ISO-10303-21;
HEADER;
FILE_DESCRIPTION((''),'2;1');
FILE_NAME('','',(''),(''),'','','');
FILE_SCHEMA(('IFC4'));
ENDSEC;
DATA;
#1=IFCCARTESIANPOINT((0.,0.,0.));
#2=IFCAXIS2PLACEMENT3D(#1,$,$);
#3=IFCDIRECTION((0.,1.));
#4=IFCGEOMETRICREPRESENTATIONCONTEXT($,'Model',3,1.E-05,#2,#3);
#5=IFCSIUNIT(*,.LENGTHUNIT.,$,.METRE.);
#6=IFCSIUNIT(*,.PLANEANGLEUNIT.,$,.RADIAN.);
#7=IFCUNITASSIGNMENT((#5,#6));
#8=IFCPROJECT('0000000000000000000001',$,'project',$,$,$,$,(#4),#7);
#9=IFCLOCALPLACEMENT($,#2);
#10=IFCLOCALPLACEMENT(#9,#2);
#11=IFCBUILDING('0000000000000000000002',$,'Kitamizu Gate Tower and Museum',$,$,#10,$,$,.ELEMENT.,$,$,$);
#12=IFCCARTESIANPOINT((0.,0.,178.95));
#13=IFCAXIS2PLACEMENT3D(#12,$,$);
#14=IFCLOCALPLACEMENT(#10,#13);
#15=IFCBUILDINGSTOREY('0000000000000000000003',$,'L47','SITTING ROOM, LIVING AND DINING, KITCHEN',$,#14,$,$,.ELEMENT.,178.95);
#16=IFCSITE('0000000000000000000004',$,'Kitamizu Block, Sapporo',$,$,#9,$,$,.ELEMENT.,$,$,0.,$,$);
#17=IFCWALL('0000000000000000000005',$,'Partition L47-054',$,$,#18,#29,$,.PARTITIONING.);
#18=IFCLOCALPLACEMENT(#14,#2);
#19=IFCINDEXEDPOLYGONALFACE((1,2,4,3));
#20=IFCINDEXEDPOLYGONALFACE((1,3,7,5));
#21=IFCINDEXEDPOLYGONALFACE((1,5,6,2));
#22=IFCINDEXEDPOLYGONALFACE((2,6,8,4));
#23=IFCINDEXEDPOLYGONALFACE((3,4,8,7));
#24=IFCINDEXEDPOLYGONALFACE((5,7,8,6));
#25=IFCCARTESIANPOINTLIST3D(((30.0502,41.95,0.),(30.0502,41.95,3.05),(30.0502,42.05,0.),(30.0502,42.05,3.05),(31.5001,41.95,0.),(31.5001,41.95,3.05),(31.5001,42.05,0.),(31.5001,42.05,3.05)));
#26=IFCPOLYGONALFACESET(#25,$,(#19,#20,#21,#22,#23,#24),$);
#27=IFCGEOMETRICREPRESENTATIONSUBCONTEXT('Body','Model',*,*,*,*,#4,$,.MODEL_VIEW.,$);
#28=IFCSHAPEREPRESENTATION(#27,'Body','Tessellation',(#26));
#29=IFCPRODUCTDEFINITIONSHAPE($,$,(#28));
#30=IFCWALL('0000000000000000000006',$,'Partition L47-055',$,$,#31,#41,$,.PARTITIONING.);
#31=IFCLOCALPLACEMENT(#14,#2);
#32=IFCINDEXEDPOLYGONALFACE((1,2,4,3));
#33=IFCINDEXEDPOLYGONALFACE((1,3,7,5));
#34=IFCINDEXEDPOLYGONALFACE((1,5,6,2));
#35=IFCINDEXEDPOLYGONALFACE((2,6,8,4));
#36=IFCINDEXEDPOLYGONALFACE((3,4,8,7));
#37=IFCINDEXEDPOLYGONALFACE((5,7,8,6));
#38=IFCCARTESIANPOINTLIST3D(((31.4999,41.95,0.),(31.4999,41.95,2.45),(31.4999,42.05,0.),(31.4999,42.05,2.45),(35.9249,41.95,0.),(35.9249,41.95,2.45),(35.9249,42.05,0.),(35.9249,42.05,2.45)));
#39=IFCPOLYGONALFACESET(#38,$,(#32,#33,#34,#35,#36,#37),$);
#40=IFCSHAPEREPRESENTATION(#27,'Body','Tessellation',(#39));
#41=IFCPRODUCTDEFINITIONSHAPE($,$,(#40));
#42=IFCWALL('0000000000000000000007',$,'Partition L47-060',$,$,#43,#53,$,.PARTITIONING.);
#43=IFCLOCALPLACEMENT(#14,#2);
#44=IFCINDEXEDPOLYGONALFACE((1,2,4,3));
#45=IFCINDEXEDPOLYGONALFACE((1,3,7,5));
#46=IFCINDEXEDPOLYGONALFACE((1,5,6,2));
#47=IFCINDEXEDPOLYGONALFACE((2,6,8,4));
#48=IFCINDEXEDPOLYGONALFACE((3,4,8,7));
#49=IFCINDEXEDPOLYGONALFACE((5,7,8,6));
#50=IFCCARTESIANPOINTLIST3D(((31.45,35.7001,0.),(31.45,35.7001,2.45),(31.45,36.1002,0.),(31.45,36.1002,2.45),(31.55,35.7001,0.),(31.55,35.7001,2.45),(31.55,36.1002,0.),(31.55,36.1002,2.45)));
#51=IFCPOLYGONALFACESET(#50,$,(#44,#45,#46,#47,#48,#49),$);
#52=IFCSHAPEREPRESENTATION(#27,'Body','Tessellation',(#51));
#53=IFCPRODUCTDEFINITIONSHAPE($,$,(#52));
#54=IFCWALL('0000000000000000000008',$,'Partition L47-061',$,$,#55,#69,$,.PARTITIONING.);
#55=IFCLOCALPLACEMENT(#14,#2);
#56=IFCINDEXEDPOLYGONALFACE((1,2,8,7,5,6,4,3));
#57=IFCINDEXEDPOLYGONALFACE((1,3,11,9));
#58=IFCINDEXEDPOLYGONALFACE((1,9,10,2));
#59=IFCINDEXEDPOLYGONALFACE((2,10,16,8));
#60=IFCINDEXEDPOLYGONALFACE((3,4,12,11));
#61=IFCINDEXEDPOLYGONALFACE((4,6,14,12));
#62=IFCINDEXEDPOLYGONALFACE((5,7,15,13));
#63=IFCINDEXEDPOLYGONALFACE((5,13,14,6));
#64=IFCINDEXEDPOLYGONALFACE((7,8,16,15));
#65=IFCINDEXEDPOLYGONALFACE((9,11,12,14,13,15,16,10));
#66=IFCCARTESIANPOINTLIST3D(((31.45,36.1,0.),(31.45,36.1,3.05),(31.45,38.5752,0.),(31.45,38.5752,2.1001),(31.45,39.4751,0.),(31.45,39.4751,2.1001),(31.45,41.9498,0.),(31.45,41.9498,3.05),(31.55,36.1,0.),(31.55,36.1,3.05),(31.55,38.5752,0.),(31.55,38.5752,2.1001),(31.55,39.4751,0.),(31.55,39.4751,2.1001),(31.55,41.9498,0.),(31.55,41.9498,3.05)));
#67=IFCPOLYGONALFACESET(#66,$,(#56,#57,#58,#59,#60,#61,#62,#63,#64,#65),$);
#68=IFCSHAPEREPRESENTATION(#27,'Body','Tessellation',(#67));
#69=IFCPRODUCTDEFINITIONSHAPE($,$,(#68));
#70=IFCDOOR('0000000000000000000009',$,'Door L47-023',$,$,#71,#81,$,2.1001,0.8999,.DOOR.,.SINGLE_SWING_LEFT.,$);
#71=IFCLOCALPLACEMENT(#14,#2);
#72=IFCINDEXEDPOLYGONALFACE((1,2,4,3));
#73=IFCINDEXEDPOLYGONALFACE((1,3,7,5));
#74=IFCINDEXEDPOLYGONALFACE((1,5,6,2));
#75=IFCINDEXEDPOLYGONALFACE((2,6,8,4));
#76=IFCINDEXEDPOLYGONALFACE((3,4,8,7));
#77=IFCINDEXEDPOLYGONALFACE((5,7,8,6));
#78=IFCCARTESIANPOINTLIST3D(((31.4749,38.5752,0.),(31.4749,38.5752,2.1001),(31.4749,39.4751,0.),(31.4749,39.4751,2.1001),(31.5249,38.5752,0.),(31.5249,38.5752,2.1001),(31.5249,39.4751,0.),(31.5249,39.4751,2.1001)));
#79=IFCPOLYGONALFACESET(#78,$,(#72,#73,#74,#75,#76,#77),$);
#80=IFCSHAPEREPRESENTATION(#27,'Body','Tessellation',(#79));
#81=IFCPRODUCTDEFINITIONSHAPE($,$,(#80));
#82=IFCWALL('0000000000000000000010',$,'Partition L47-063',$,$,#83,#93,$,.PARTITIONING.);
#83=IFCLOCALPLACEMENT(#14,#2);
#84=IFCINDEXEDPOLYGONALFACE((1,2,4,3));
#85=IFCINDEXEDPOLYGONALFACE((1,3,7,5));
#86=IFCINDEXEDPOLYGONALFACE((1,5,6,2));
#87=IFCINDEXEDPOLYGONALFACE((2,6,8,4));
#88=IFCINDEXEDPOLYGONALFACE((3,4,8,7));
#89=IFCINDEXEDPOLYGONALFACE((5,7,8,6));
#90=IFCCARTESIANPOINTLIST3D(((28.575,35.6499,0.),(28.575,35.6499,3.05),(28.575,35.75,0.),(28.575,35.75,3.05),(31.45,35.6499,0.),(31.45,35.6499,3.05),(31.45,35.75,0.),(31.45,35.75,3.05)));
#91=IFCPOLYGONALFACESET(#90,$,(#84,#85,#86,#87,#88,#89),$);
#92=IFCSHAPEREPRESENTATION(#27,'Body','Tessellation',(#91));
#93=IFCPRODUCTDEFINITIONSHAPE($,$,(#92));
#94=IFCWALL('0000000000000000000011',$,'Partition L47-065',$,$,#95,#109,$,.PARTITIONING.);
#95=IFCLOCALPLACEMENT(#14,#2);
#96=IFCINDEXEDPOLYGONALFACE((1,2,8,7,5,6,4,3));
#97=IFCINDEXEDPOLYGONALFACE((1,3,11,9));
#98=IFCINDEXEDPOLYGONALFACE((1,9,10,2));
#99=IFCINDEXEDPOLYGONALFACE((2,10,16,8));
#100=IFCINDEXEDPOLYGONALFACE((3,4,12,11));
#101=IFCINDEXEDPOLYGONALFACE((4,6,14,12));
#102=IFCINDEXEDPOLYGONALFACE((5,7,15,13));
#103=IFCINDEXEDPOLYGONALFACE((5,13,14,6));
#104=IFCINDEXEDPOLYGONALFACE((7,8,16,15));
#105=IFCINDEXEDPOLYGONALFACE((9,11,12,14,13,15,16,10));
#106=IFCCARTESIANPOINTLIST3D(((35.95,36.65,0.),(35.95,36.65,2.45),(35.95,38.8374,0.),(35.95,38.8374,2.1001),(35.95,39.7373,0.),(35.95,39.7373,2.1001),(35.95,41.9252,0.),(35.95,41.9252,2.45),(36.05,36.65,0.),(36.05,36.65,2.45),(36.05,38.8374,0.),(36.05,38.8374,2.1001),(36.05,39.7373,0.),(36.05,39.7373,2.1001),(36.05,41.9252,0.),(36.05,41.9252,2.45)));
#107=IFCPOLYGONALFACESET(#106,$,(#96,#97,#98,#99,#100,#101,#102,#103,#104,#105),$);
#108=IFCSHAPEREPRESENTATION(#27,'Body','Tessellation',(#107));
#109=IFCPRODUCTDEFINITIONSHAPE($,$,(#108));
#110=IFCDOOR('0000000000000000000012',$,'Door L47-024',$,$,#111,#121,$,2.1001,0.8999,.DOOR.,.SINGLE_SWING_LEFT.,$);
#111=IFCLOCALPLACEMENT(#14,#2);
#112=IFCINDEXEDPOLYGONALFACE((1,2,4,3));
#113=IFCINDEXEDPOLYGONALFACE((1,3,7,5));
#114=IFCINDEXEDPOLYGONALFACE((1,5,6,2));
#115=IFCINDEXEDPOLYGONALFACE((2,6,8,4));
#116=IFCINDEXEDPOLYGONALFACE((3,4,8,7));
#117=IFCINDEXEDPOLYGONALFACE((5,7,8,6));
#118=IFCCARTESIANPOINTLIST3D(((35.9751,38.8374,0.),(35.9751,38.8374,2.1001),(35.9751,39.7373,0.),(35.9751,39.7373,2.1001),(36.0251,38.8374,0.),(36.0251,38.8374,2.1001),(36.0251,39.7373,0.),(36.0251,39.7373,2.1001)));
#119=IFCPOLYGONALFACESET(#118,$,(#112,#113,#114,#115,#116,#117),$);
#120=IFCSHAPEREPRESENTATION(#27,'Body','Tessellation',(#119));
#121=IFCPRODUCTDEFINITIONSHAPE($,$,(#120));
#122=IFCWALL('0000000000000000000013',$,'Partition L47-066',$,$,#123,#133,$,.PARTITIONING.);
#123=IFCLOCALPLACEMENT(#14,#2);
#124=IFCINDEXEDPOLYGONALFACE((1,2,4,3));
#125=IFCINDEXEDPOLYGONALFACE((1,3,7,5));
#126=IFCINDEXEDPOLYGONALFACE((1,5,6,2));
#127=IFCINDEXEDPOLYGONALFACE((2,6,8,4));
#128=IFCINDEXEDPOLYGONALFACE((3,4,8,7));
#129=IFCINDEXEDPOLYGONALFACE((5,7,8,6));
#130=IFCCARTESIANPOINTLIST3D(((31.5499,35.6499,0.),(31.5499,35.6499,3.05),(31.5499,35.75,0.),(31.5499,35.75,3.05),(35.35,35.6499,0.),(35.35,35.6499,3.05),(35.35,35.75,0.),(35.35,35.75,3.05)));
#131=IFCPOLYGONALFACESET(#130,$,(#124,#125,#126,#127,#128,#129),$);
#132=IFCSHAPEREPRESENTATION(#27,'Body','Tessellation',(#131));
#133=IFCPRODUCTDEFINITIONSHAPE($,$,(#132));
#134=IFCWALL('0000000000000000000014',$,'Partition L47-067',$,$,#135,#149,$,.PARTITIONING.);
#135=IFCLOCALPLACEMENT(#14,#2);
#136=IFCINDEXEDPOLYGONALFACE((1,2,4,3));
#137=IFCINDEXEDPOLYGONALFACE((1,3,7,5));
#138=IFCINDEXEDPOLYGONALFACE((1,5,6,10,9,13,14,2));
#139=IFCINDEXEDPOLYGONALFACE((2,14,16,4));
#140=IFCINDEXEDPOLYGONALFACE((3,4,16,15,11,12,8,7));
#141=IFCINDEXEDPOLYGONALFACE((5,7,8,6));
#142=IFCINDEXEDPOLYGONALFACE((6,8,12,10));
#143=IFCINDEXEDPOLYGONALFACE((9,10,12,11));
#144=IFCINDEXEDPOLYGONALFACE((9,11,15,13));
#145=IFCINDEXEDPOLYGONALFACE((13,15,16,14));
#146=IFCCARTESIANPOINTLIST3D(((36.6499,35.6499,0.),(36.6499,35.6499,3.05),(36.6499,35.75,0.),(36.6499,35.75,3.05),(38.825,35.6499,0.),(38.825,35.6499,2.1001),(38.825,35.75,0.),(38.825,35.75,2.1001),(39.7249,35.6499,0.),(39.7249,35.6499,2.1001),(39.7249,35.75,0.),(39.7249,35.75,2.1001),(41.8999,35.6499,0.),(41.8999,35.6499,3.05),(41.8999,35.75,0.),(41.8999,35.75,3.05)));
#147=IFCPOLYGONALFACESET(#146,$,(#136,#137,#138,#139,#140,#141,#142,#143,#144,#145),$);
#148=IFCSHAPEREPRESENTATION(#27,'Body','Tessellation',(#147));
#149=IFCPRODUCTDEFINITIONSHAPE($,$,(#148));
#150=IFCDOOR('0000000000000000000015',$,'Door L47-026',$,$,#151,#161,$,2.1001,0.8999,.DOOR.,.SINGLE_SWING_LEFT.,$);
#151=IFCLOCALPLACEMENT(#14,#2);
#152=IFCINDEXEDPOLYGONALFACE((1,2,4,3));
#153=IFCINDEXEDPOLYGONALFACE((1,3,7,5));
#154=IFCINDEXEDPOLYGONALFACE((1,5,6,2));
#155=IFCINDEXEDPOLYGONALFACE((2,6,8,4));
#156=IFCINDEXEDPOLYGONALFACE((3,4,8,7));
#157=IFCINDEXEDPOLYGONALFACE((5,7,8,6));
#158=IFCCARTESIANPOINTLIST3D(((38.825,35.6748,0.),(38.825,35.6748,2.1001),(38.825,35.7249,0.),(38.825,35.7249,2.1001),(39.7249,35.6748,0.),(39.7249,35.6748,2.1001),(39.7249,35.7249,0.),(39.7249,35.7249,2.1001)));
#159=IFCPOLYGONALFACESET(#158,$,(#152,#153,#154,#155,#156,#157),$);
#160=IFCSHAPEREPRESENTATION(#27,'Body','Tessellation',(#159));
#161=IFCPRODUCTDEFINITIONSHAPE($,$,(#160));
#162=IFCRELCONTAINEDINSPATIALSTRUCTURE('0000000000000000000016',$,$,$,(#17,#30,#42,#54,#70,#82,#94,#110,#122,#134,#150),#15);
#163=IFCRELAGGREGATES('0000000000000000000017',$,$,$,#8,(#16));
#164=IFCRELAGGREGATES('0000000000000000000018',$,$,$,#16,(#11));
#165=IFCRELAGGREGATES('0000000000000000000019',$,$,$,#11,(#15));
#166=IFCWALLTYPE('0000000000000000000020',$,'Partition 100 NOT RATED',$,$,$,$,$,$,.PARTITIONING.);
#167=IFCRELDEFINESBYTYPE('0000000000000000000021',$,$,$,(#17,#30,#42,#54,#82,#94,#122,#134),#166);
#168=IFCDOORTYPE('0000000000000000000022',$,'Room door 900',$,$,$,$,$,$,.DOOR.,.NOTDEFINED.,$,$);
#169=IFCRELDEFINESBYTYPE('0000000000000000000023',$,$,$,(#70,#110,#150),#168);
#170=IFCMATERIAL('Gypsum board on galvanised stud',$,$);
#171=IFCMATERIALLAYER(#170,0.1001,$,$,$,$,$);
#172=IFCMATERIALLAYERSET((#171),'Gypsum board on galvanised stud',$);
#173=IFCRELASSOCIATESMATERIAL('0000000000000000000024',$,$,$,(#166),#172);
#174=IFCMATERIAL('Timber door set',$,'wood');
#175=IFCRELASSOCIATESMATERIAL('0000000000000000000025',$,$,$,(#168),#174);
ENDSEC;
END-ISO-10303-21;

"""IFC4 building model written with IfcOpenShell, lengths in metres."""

from ifc_helpers import new_model, si_unit, direction, frame, frame_2d, origin, place, context, subcontext, project, spatial, rectangle, extrude, material, layer, layer_set, type_object, element, fill, save


model = new_model("IFC4")

# Units and contexts
model_context = context("Model", 3, precision=1e-05, world=origin(), true_north=direction((0.0, 1.0)))
body_context = subcontext(model_context, "Body", "Model", "MODEL_VIEW")
ifc_project = project(units=[si_unit("LENGTHUNIT", "METRE"), si_unit("PLANEANGLEUNIT", "RADIAN")], contexts=[model_context])

# Site, building, storey
site_placement = place(None, origin())
site = spatial("IfcSite", under=ifc_project, at=site_placement, Name="Kitamizu Block, Sapporo", CompositionType="ELEMENT", RefElevation=0.0)
building_placement = place(site_placement, origin())
building = spatial("IfcBuilding", under=site, at=building_placement, Name="Kitamizu Gate Tower and Museum", CompositionType="ELEMENT")
storey_placement = place(building_placement, frame((0.0, 0.0, 178.95)))
storey = spatial("IfcBuildingStorey", under=building, at=storey_placement, Name="L47", Description="SITTING ROOM, LIVING AND DINING, KITCHEN", CompositionType="ELEMENT", Elevation=178.95)

# Shared definitions
ifc_material_1 = material(Name="Gypsum board on galvanised stud")
ifc_layer_1 = layer(ifc_material_1, 0.1001)
ifc_layer_set_1 = layer_set([ifc_layer_1], Name="Gypsum board on galvanised stud")
wall_type_1 = type_object("IfcWallType", Name="Partition 100 NOT RATED", PredefinedType="PARTITIONING", material=ifc_layer_set_1)
ifc_material_2 = material(Name="Timber door set", Category="wood")
door_type_1 = type_object("IfcDoorType", Name="Room door 900", OperationType="NOTDEFINED", PredefinedType="DOOR", material=ifc_material_2)

# Walls
wall_1_placement = place(storey_placement, frame((30.05, 42.0, 0.0), z_axis=(0.0, 0.0, 1.0), x_axis=(1.0, 0.0, 0.0)))
element("IfcWall", 1, at=wall_1_placement, inside=storey, type_object=wall_type_1, Name="Partition L47-054", PredefinedType="PARTITIONING", context=body_context, shape_type="SweptSolid", body=[
    extrude(rectangle(XDim=1.45, YDim=0.1001, at=frame_2d((0.7251, 0.0))), origin(), (0.0, 0.0, 1.0), 3.05),
])
wall_2_placement = place(storey_placement, frame((31.5, 42.0, 0.0), z_axis=(0.0, 0.0, 1.0), x_axis=(1.0, 0.0, 0.0)))
element("IfcWall", 2, at=wall_2_placement, inside=storey, type_object=wall_type_1, Name="Partition L47-055", PredefinedType="PARTITIONING", context=body_context, shape_type="SweptSolid", body=[
    extrude(rectangle(XDim=4.425, YDim=0.1001, at=frame_2d((2.2124, 0.0))), origin(), (0.0, 0.0, 1.0), 2.45),
])
wall_3_placement = place(storey_placement, frame((31.5, 35.7, 0.0), z_axis=(0.0, 0.0, 1.0), x_axis=(0.0, 1.0, 0.0)))
element("IfcWall", 3, at=wall_3_placement, inside=storey, type_object=wall_type_1, Name="Partition L47-060", PredefinedType="PARTITIONING", context=body_context, shape_type="SweptSolid", body=[
    extrude(rectangle(XDim=0.4001, YDim=0.1001, at=frame_2d((0.2002, 0.0))), origin(), (0.0, 0.0, 1.0), 2.45),
])

# Wall, opening, door
wall_4_placement = place(storey_placement, frame((31.5, 36.1001, 0.0), z_axis=(0.0, 0.0, 1.0), x_axis=(0.0, 1.0, 0.0)))
wall_4 = element("IfcWall", 4, at=wall_4_placement, inside=storey, type_object=wall_type_1, Name="Partition L47-061", PredefinedType="PARTITIONING", context=body_context, shape_type="SweptSolid", body=[
    extrude(rectangle(XDim=5.8499, YDim=0.1001, at=frame_2d((2.9248, 0.0))), origin(), (0.0, 0.0, 1.0), 3.05),
])
opening_1_placement = place(wall_4_placement, frame((2.4751, 0.0, 0.0)))
opening_1 = element("IfcOpeningElement", 5, at=opening_1_placement, cuts=wall_4, PredefinedType="OPENING", context=body_context, shape_type="SweptSolid", body=[
    extrude(rectangle(XDim=0.8999, YDim=2.1001, at=frame_2d((0.45, 1.05))), frame((0.0, 0.0601, 0.0), z_axis=(0.0, -1.0, 0.0), x_axis=(1.0, 0.0, 0.0)), (0.0, 0.0, 1.0), 0.1201),
])
door_1_placement = place(opening_1_placement, frame((0.8999, 0.0, 0.0), x_axis=(-1.0, 0.0, 0.0)))
door_1 = element("IfcDoor", 6, at=door_1_placement, inside=storey, type_object=door_type_1, Name="Door L47-023", OperationType="SINGLE_SWING_LEFT", OverallHeight=2.1001, OverallWidth=0.8999, PredefinedType="DOOR", context=body_context, shape_type="SweptSolid", body=[
    extrude(rectangle(XDim=0.8999, YDim=2.1001, at=frame_2d((0.45, 1.05))), frame((0.0, 0.0249, 0.0), z_axis=(0.0, -1.0, 0.0), x_axis=(1.0, 0.0, 0.0)), (0.0, 0.0, 1.0), 0.05),
])
fill(opening_1, door_1)

# Wall
wall_5_placement = place(storey_placement, frame((28.575, 35.7, 0.0), z_axis=(0.0, 0.0, 1.0), x_axis=(1.0, 0.0, 0.0)))
element("IfcWall", 7, at=wall_5_placement, inside=storey, type_object=wall_type_1, Name="Partition L47-063", PredefinedType="PARTITIONING", context=body_context, shape_type="SweptSolid", body=[
    extrude(rectangle(XDim=2.875, YDim=0.1001, at=frame_2d((1.4375, 0.0))), origin(), (0.0, 0.0, 1.0), 3.05),
])

# Wall, opening, door
wall_6_placement = place(storey_placement, frame((36.0, 36.6499, 0.0), z_axis=(0.0, 0.0, 1.0), x_axis=(0.0, 1.0, 0.0)))
wall_6 = element("IfcWall", 8, at=wall_6_placement, inside=storey, type_object=wall_type_1, Name="Partition L47-065", PredefinedType="PARTITIONING", context=body_context, shape_type="SweptSolid", body=[
    extrude(rectangle(XDim=5.2751, YDim=0.1001, at=frame_2d((2.6377, 0.0))), origin(), (0.0, 0.0, 1.0), 2.45),
])
opening_2_placement = place(wall_6_placement, frame((2.1875, 0.0, 0.0)))
opening_2 = element("IfcOpeningElement", 9, at=opening_2_placement, cuts=wall_6, PredefinedType="OPENING", context=body_context, shape_type="SweptSolid", body=[
    extrude(rectangle(XDim=0.8999, YDim=2.1001, at=frame_2d((0.45, 1.05))), frame((0.0, 0.0601, 0.0), z_axis=(0.0, -1.0, 0.0), x_axis=(1.0, 0.0, 0.0)), (0.0, 0.0, 1.0), 0.1201),
])
door_2_placement = place(opening_2_placement, origin())
door_2 = element("IfcDoor", 10, at=door_2_placement, inside=storey, type_object=door_type_1, Name="Door L47-024", OperationType="SINGLE_SWING_LEFT", OverallHeight=2.1001, OverallWidth=0.8999, PredefinedType="DOOR", context=body_context, shape_type="SweptSolid", body=[
    extrude(rectangle(XDim=0.8999, YDim=2.1001, at=frame_2d((0.45, 1.05))), frame((0.0, 0.0249, 0.0), z_axis=(0.0, -1.0, 0.0), x_axis=(1.0, 0.0, 0.0)), (0.0, 0.0, 1.0), 0.05),
])
fill(opening_2, door_2)

# Wall
wall_7_placement = place(storey_placement, frame((31.55, 35.7, 0.0), z_axis=(0.0, 0.0, 1.0), x_axis=(1.0, 0.0, 0.0)))
element("IfcWall", 11, at=wall_7_placement, inside=storey, type_object=wall_type_1, Name="Partition L47-066", PredefinedType="PARTITIONING", context=body_context, shape_type="SweptSolid", body=[
    extrude(rectangle(XDim=3.8, YDim=0.1001, at=frame_2d((1.8999, 0.0))), origin(), (0.0, 0.0, 1.0), 3.05),
])

# Wall, opening, door
wall_8_placement = place(storey_placement, frame((36.6499, 35.7, 0.0), z_axis=(0.0, 0.0, 1.0), x_axis=(1.0, 0.0, 0.0)))
wall_8 = element("IfcWall", 12, at=wall_8_placement, inside=storey, type_object=wall_type_1, Name="Partition L47-067", PredefinedType="PARTITIONING", context=body_context, shape_type="SweptSolid", body=[
    extrude(rectangle(XDim=5.25, YDim=0.1001, at=frame_2d((2.625, 0.0))), origin(), (0.0, 0.0, 1.0), 3.05),
])
opening_3_placement = place(wall_8_placement, frame((2.175, 0.0, 0.0)))
opening_3 = element("IfcOpeningElement", 13, at=opening_3_placement, cuts=wall_8, PredefinedType="OPENING", context=body_context, shape_type="SweptSolid", body=[
    extrude(rectangle(XDim=0.8999, YDim=2.1001, at=frame_2d((0.45, 1.05))), frame((0.0, 0.0601, 0.0), z_axis=(0.0, -1.0, 0.0), x_axis=(1.0, 0.0, 0.0)), (0.0, 0.0, 1.0), 0.1201),
])
door_3_placement = place(opening_3_placement, origin())
door_3 = element("IfcDoor", 14, at=door_3_placement, inside=storey, type_object=door_type_1, Name="Door L47-026", OperationType="SINGLE_SWING_LEFT", OverallHeight=2.1001, OverallWidth=0.8999, PredefinedType="DOOR", context=body_context, shape_type="SweptSolid", body=[
    extrude(rectangle(XDim=0.8999, YDim=2.1001, at=frame_2d((0.45, 1.05))), frame((0.0, 0.0249, 0.0), z_axis=(0.0, -1.0, 0.0), x_axis=(1.0, 0.0, 0.0)), (0.0, 0.0, 1.0), 0.05),
])
fill(opening_3, door_3)

save(model, "model.ifc")
